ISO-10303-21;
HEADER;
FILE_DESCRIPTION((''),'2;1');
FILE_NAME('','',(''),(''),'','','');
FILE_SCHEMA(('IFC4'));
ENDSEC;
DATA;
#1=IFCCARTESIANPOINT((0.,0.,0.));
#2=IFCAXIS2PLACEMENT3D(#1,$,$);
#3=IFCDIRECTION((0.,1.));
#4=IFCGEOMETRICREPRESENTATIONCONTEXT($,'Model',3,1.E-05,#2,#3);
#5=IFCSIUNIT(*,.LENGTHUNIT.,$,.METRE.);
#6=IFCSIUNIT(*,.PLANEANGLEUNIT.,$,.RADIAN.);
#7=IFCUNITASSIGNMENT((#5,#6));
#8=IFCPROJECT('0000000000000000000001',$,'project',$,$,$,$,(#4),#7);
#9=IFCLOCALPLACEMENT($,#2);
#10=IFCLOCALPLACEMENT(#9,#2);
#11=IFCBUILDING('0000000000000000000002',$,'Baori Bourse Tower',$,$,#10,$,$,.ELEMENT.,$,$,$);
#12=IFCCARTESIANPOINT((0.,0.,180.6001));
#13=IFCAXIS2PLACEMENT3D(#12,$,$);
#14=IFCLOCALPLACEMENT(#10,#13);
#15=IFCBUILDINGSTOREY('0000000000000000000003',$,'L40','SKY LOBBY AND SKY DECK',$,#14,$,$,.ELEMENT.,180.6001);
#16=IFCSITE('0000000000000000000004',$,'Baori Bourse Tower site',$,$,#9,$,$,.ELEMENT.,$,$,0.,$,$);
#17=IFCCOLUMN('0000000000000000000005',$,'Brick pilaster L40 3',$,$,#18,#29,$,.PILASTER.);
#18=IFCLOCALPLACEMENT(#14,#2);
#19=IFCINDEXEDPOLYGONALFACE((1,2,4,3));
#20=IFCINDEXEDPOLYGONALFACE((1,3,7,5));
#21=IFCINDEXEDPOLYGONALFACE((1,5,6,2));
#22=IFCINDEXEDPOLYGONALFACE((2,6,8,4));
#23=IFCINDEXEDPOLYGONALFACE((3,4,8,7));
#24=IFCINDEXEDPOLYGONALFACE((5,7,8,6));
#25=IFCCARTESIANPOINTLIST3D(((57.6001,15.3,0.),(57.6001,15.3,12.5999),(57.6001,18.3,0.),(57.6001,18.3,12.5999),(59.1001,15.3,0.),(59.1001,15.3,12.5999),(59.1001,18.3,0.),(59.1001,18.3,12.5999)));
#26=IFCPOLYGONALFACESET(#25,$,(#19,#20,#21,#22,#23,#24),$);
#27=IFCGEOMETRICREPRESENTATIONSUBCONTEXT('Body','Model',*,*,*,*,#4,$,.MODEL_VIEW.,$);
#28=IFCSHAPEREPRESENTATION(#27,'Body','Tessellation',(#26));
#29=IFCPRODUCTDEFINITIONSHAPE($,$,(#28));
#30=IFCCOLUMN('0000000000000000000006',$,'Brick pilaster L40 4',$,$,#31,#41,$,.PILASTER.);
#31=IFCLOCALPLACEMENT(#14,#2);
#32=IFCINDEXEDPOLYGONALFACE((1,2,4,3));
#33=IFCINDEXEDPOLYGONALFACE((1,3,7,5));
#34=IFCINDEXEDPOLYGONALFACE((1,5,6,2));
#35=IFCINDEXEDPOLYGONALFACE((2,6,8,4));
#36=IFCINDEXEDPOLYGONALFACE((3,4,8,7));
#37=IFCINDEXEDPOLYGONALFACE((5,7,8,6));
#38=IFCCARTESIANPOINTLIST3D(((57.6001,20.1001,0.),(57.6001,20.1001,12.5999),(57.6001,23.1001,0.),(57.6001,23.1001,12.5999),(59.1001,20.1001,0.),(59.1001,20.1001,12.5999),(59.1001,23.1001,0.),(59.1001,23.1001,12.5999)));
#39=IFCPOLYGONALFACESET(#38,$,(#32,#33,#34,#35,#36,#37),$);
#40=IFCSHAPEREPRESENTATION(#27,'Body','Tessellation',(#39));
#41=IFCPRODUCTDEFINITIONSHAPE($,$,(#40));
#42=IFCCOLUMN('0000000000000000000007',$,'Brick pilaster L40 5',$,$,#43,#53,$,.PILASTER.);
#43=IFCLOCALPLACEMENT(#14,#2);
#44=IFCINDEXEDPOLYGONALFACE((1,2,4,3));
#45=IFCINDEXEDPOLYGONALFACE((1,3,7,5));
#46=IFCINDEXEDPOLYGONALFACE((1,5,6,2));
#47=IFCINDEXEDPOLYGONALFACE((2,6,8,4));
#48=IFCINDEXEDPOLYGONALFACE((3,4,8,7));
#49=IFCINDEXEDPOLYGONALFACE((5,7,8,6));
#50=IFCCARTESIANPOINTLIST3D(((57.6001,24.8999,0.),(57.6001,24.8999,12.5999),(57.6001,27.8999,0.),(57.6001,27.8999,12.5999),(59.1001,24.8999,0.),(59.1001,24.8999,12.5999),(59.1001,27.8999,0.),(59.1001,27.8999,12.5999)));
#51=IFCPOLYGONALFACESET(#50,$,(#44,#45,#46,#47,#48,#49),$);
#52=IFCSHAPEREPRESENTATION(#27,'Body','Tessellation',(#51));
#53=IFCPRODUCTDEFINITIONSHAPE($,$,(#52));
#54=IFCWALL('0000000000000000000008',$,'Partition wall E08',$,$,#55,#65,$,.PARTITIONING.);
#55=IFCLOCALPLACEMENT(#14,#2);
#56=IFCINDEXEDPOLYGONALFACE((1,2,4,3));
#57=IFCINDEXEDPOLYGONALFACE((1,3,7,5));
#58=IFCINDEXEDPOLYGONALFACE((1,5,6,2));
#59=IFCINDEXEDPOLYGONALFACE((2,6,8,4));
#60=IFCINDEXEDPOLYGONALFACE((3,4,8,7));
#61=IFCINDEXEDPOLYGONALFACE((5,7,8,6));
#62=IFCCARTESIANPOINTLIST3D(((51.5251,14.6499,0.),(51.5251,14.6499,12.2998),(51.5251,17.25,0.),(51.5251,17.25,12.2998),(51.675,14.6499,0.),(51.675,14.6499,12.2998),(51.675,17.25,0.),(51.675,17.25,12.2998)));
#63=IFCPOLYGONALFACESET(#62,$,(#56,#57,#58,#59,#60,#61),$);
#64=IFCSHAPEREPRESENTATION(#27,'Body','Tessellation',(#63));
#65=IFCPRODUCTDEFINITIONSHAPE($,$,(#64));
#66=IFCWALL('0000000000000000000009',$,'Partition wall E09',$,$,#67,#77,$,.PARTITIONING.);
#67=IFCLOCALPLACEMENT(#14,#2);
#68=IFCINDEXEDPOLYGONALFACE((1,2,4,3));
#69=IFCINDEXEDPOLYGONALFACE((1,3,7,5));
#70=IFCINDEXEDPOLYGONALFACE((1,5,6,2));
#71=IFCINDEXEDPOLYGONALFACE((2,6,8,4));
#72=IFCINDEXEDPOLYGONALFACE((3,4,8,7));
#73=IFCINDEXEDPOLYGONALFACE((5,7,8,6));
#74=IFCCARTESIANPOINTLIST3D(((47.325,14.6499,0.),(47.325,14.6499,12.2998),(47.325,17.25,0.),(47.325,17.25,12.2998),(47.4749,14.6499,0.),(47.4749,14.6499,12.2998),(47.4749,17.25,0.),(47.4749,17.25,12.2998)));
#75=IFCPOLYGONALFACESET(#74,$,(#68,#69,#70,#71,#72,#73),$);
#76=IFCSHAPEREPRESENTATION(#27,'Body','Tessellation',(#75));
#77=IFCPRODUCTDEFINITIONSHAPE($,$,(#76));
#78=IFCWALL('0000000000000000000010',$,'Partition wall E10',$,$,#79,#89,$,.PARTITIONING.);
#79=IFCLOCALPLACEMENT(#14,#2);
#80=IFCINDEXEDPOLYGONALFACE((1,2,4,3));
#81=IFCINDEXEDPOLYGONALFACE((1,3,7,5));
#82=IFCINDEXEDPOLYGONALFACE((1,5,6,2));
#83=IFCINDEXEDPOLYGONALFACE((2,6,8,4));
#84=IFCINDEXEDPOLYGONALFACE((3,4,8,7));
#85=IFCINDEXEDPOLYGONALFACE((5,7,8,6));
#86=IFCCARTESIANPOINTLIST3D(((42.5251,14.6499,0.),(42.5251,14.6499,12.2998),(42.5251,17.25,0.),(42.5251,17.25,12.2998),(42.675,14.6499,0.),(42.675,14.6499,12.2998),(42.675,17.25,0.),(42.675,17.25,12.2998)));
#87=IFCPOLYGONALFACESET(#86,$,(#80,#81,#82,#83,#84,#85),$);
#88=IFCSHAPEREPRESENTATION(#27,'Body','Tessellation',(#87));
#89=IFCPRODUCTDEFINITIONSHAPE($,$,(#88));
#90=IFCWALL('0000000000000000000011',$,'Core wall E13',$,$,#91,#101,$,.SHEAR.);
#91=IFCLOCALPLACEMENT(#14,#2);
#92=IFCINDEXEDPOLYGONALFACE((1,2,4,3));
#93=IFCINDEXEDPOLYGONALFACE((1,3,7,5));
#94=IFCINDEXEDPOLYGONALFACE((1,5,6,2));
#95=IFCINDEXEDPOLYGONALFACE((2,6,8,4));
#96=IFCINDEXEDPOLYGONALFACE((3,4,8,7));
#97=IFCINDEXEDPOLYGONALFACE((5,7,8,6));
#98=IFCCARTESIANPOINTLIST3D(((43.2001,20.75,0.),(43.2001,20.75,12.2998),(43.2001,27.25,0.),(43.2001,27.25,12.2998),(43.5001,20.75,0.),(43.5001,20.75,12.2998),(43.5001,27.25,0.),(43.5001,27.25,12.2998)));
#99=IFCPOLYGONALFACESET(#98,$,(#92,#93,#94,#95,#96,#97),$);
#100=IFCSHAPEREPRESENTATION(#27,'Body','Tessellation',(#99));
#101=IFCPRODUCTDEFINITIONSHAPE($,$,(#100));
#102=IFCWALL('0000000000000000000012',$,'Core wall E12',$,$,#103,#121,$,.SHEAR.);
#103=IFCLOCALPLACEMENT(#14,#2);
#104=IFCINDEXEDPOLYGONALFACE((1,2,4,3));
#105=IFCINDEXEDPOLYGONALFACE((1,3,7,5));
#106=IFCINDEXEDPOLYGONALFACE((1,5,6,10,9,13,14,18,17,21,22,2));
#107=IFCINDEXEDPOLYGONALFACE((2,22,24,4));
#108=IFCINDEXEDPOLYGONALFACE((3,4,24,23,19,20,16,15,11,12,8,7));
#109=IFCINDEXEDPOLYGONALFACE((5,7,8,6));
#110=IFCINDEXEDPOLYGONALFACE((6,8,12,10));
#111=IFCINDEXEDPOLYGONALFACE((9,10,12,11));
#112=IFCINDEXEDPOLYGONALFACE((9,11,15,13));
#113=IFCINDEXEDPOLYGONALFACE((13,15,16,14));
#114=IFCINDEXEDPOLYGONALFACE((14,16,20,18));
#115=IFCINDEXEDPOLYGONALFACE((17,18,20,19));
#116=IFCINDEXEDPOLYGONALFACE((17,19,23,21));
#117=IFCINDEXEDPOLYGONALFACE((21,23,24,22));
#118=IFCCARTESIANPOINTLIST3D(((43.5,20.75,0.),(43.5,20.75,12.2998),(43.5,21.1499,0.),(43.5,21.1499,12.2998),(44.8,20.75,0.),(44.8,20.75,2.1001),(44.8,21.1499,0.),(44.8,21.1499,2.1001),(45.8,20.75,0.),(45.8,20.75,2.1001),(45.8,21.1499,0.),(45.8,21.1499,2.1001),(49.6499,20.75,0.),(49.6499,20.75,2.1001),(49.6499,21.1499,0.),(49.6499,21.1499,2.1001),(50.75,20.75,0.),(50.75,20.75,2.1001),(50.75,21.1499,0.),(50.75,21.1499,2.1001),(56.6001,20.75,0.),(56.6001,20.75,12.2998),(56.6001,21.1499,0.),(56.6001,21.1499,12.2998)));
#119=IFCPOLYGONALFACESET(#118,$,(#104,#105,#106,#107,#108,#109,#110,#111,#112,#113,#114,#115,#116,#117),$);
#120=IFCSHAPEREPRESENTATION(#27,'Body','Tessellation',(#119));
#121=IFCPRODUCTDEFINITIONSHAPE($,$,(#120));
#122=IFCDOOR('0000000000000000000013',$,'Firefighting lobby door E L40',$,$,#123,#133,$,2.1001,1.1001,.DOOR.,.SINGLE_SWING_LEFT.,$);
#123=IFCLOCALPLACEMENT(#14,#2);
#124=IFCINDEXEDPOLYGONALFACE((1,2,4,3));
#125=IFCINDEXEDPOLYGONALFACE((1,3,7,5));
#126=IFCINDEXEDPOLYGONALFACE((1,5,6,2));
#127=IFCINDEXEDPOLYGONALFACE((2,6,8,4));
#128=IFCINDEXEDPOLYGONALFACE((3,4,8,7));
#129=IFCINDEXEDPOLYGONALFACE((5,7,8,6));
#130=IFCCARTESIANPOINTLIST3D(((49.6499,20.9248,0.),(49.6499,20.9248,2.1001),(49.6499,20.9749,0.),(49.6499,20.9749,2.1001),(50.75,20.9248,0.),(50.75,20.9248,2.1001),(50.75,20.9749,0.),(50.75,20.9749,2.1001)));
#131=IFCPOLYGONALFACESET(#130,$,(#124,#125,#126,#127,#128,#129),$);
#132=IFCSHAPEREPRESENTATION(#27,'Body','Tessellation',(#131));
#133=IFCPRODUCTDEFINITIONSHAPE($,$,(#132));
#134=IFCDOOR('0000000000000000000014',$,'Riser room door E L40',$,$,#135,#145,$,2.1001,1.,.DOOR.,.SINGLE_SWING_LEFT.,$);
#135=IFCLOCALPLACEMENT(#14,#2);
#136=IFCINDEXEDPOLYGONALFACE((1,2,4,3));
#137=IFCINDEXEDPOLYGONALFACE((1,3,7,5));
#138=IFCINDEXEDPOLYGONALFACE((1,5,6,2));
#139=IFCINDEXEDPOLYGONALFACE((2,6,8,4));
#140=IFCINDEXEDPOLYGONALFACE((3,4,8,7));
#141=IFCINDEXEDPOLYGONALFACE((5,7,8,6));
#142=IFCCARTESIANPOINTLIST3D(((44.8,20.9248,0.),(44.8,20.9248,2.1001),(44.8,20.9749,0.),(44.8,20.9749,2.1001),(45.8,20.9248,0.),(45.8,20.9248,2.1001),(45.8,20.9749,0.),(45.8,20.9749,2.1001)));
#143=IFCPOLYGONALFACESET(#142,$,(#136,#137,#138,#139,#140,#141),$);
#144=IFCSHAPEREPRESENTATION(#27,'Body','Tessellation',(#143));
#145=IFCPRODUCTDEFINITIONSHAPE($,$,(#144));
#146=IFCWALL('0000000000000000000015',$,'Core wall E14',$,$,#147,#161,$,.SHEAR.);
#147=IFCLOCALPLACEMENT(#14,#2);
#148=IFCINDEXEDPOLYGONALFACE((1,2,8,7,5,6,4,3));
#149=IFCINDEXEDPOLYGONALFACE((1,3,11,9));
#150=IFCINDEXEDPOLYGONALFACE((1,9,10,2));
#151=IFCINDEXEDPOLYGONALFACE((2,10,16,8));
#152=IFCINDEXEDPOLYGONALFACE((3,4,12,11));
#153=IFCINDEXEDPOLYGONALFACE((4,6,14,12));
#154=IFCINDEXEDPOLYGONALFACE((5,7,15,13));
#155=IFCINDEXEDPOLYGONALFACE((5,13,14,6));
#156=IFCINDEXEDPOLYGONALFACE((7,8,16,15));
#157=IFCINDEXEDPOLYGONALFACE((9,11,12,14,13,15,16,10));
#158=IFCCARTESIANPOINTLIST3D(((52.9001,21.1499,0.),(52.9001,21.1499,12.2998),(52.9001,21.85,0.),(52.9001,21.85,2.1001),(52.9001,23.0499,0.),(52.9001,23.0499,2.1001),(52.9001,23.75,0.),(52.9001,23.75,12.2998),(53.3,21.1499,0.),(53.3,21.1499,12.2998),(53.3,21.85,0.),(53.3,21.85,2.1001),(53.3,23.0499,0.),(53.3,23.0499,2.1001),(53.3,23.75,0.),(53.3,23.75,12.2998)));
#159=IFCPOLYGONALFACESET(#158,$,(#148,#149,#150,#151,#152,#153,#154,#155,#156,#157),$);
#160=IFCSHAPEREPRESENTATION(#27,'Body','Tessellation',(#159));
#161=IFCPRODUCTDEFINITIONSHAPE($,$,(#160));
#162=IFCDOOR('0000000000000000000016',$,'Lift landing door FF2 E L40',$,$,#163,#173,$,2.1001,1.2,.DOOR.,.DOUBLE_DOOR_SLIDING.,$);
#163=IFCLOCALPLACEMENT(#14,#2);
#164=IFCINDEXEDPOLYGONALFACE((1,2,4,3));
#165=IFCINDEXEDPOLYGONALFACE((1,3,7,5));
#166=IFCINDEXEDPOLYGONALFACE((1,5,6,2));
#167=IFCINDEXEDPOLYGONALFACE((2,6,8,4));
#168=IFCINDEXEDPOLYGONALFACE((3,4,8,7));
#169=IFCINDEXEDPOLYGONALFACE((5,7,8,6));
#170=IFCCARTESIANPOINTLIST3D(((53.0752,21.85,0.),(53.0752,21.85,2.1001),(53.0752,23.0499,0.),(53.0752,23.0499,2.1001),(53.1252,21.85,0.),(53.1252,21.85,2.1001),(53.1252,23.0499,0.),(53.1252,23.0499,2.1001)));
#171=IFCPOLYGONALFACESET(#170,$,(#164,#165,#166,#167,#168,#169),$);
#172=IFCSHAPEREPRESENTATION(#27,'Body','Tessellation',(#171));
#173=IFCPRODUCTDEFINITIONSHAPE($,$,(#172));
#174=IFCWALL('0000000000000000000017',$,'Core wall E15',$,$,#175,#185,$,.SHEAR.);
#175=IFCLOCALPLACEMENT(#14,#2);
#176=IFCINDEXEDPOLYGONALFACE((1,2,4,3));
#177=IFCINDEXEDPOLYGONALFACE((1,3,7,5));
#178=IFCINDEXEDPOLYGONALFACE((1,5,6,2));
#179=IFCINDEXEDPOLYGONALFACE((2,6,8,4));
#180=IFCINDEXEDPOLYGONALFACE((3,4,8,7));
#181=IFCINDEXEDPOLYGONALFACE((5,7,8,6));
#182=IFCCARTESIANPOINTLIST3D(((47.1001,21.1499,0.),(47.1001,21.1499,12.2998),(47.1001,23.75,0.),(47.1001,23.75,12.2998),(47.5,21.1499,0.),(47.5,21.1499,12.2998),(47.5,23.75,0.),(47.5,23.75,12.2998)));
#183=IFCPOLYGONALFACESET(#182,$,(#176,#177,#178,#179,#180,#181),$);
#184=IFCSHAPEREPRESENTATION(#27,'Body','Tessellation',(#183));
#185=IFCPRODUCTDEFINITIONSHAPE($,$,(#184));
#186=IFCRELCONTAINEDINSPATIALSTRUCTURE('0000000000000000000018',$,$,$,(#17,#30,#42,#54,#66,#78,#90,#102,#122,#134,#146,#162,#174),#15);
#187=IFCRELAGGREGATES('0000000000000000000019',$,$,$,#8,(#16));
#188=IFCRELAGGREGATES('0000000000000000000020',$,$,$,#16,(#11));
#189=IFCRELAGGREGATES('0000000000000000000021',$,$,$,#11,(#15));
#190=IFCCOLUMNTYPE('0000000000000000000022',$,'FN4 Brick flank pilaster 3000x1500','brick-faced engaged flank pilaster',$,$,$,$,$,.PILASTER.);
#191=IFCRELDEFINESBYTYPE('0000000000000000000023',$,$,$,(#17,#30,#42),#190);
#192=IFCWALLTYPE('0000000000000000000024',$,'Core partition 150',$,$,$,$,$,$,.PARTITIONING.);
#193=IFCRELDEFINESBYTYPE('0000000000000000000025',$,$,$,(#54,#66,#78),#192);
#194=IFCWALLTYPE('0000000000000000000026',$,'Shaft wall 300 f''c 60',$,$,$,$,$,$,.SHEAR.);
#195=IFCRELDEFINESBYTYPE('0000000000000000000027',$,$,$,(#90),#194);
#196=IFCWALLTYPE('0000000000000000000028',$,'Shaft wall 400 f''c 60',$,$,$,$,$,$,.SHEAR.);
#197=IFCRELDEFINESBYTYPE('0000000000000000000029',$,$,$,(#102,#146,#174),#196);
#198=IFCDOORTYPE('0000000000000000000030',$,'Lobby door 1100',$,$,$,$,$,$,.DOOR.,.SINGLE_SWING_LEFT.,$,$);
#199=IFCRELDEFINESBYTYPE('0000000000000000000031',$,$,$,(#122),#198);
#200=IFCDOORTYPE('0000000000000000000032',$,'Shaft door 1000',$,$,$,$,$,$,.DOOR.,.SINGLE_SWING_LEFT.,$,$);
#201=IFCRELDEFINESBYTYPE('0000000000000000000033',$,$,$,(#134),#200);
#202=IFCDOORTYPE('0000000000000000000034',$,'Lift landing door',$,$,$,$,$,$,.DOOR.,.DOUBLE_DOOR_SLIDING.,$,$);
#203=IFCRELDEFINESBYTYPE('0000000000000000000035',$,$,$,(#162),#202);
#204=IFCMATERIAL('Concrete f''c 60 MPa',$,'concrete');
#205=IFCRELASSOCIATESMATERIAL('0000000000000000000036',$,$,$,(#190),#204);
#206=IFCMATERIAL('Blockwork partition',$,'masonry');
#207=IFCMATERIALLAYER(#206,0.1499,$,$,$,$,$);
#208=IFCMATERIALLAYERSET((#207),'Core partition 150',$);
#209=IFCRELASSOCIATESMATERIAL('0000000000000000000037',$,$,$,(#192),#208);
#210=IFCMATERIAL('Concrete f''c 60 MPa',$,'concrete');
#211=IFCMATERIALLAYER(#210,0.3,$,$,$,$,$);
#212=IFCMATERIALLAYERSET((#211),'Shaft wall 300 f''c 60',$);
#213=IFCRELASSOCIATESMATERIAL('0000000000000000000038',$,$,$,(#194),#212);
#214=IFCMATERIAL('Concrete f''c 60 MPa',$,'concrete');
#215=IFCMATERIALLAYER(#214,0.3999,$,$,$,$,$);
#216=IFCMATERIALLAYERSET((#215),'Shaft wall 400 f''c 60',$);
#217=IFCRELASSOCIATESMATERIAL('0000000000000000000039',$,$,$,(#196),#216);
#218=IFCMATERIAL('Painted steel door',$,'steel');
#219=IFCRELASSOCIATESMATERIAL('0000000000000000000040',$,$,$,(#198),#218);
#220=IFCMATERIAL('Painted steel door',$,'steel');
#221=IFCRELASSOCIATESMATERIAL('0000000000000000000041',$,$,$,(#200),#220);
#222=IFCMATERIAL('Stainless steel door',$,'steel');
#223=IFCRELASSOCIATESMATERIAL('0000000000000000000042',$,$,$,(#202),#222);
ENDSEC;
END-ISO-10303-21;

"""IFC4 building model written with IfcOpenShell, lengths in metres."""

from ifc_helpers import new_model, si_unit, direction, frame, frame_2d, origin, origin_2d, place, context, subcontext, project, spatial, rectangle, extrude, material, layer, layer_set, material_profile, profile_set, type_object, element, fill, save


model = new_model("IFC4")

# Units and contexts
model_context = context("Model", 3, precision=1e-05, world=origin(), true_north=direction((0.0, 1.0)))
body_context = subcontext(model_context, "Body", "Model", "MODEL_VIEW")
ifc_project = project(units=[si_unit("LENGTHUNIT", "METRE"), si_unit("PLANEANGLEUNIT", "RADIAN")], contexts=[model_context])

# Site, building, storey
site_placement = place(None, origin())
site = spatial("IfcSite", under=ifc_project, at=site_placement, Name="Baori Bourse Tower site", CompositionType="ELEMENT", RefElevation=0.0)
building_placement = place(site_placement, origin())
building = spatial("IfcBuilding", under=site, at=building_placement, Name="Baori Bourse Tower", CompositionType="ELEMENT")
storey_placement = place(building_placement, frame((0.0, 0.0, 180.6001)))
storey = spatial("IfcBuildingStorey", under=building, at=storey_placement, Name="L40", Description="SKY LOBBY AND SKY DECK", CompositionType="ELEMENT", Elevation=180.6001)

# Columns
ifc_material_1 = material(Name="Concrete f'c 60 MPa", Category="concrete")
ifc_material_profile = material_profile(ifc_material_1, rectangle(XDim=3.0, YDim=1.5, at=origin_2d()), Name="RC 3000x1500")
ifc_profile_set = profile_set([ifc_material_profile], Name="Concrete f'c 60 MPa")
column_type = type_object("IfcColumnType", Name="FN4 Brick flank pilaster 3000x1500", Description="brick-faced engaged flank pilaster", PredefinedType="PILASTER", material=ifc_profile_set)
for number, where, z_axis, x_axis, name in (
    (1, (58.3501, 16.8, 0.0), (0.0, 0.0, 1.0), (0.0, 1.0, 0.0), "Brick pilaster L40 3"),
    (2, (58.3501, 21.6001, 0.0), (0.0, 0.0, 1.0), (0.0, 1.0, 0.0), "Brick pilaster L40 4"),
    (3, (58.3501, 26.3999, 0.0), (0.0, 0.0, 1.0), (0.0, 1.0, 0.0), "Brick pilaster L40 5"),
):
    element("IfcColumn", number, at=place(storey_placement, frame(where, z_axis=z_axis, x_axis=x_axis)), inside=storey, type_object=column_type, Name=name, PredefinedType="PILASTER", context=body_context, shape_type="SweptSolid", body=[
        extrude(rectangle(XDim=3.0, YDim=1.5, at=origin_2d()), origin(), (0.0, 0.0, 1.0), 12.5999),
    ])

# Walls
ifc_material_2 = material(Name="Blockwork partition", Category="masonry")
ifc_layer_1 = layer(ifc_material_2, 0.1499)
ifc_layer_set_1 = layer_set([ifc_layer_1], Name="Core partition 150")
wall_type_1 = type_object("IfcWallType", Name="Core partition 150", PredefinedType="PARTITIONING", material=ifc_layer_set_1)
for number, where, z_axis, x_axis, name in (
    (4, (51.6001, 14.6499, 0.0), (0.0, 0.0, 1.0), (0.0, 1.0, 0.0), "Partition wall E08"),
    (5, (47.3999, 14.6499, 0.0), (0.0, 0.0, 1.0), (0.0, 1.0, 0.0), "Partition wall E09"),
    (6, (42.6001, 14.6499, 0.0), (0.0, 0.0, 1.0), (0.0, 1.0, 0.0), "Partition wall E10"),
):
    element("IfcWall", number, at=place(storey_placement, frame(where, z_axis=z_axis, x_axis=x_axis)), inside=storey, type_object=wall_type_1, Name=name, PredefinedType="PARTITIONING", context=body_context, shape_type="SweptSolid", body=[
        extrude(rectangle(XDim=2.6001, YDim=0.1499, at=frame_2d((1.3, 0.0))), origin(), (0.0, 0.0, 1.0), 12.2998),
    ])
ifc_material_3 = material(Name="Concrete f'c 60 MPa", Category="concrete")
ifc_layer_2 = layer(ifc_material_3, 0.3)
ifc_layer_set_2 = layer_set([ifc_layer_2], Name="Shaft wall 300 f'c 60")
wall_type_2 = type_object("IfcWallType", Name="Shaft wall 300 f'c 60", PredefinedType="SHEAR", material=ifc_layer_set_2)
wall_1_placement = place(storey_placement, frame((43.3501, 20.75, 0.0), z_axis=(0.0, 0.0, 1.0), x_axis=(0.0, 1.0, 0.0)))
element("IfcWall", 7, at=wall_1_placement, inside=storey, type_object=wall_type_2, Name="Core wall E13", PredefinedType="SHEAR", context=body_context, shape_type="SweptSolid", body=[
    extrude(rectangle(XDim=6.5, YDim=0.3, at=frame_2d((3.25, 0.0))), origin(), (0.0, 0.0, 1.0), 12.2998),
])

# Wall, openings, doors
ifc_material_4 = material(Name="Concrete f'c 60 MPa", Category="concrete")
ifc_layer_3 = layer(ifc_material_4, 0.3999)
ifc_layer_set_3 = layer_set([ifc_layer_3], Name="Shaft wall 400 f'c 60")
wall_type_3 = type_object("IfcWallType", Name="Shaft wall 400 f'c 60", PredefinedType="SHEAR", material=ifc_layer_set_3)
wall_2_placement = place(storey_placement, frame((43.5, 20.95, 0.0), z_axis=(0.0, 0.0, 1.0), x_axis=(1.0, 0.0, 0.0)))
wall_2 = element("IfcWall", 8, at=wall_2_placement, inside=storey, type_object=wall_type_3, Name="Core wall E12", PredefinedType="SHEAR", context=body_context, shape_type="SweptSolid", body=[
    extrude(rectangle(XDim=13.1001, YDim=0.3999, at=frame_2d((6.55, 0.0))), origin(), (0.0, 0.0, 1.0), 12.2998),
])
opening_1_placement = place(wall_2_placement, frame((6.1499, 0.0, 0.0)))
opening_1 = element("IfcOpeningElement", 9, at=opening_1_placement, cuts=wall_2, PredefinedType="OPENING", context=body_context, shape_type="SweptSolid", body=[
    extrude(rectangle(XDim=1.1001, YDim=2.1001, at=frame_2d((0.55, 1.05))), frame((0.0, 0.21, 0.0), z_axis=(0.0, -1.0, 0.0), x_axis=(1.0, 0.0, 0.0)), (0.0, 0.0, 1.0), 0.4199),
])
opening_2_placement = place(wall_2_placement, frame((1.3, 0.0, 0.0)))
opening_2 = element("IfcOpeningElement", 10, at=opening_2_placement, cuts=wall_2, PredefinedType="OPENING", context=body_context, shape_type="SweptSolid", body=[
    extrude(rectangle(XDim=1.0, YDim=2.1001, at=frame_2d((0.5, 1.05))), frame((0.0, 0.21, 0.0), z_axis=(0.0, -1.0, 0.0), x_axis=(1.0, 0.0, 0.0)), (0.0, 0.0, 1.0), 0.4199),
])
ifc_material_5 = material(Name="Painted steel door", Category="steel")
door_type_1 = type_object("IfcDoorType", Name="Lobby door 1100", OperationType="SINGLE_SWING_LEFT", PredefinedType="DOOR", material=ifc_material_5)
door_1_placement = place(opening_1_placement, origin())
door_1 = element("IfcDoor", 11, at=door_1_placement, inside=storey, type_object=door_type_1, Name="Firefighting lobby door E L40", OperationType="SINGLE_SWING_LEFT", OverallHeight=2.1001, OverallWidth=1.1001, PredefinedType="DOOR", context=body_context, shape_type="SweptSolid", body=[
    extrude(rectangle(XDim=1.1001, YDim=2.1001, at=frame_2d((0.55, 1.05))), frame((0.0, 0.0249, 0.0), z_axis=(0.0, -1.0, 0.0), x_axis=(1.0, 0.0, 0.0)), (0.0, 0.0, 1.0), 0.05),
])
fill(opening_1, door_1)
ifc_material_6 = material(Name="Painted steel door", Category="steel")
door_type_2 = type_object("IfcDoorType", Name="Shaft door 1000", OperationType="SINGLE_SWING_LEFT", PredefinedType="DOOR", material=ifc_material_6)
door_2_placement = place(opening_2_placement, origin())
door_2 = element("IfcDoor", 12, at=door_2_placement, inside=storey, type_object=door_type_2, Name="Riser room door E L40", OperationType="SINGLE_SWING_LEFT", OverallHeight=2.1001, OverallWidth=1.0, PredefinedType="DOOR", context=body_context, shape_type="SweptSolid", body=[
    extrude(rectangle(XDim=1.0, YDim=2.1001, at=frame_2d((0.5, 1.05))), frame((0.0, 0.0249, 0.0), z_axis=(0.0, -1.0, 0.0), x_axis=(1.0, 0.0, 0.0)), (0.0, 0.0, 1.0), 0.05),
])
fill(opening_2, door_2)

# Wall, opening, door
wall_3_placement = place(storey_placement, frame((53.1001, 21.1499, 0.0), z_axis=(0.0, 0.0, 1.0), x_axis=(0.0, 1.0, 0.0)))
wall_3 = element("IfcWall", 13, at=wall_3_placement, inside=storey, type_object=wall_type_3, Name="Core wall E14", PredefinedType="SHEAR", context=body_context, shape_type="SweptSolid", body=[
    extrude(rectangle(XDim=2.6001, YDim=0.3999, at=frame_2d((1.3, 0.0))), origin(), (0.0, 0.0, 1.0), 12.2998),
])
opening_3_placement = place(wall_3_placement, frame((0.7, 0.0, 0.0)))
opening_3 = element("IfcOpeningElement", 14, at=opening_3_placement, cuts=wall_3, PredefinedType="OPENING", context=body_context, shape_type="SweptSolid", body=[
    extrude(rectangle(XDim=1.2, YDim=2.1001, at=frame_2d((0.6001, 1.05))), frame((0.0, 0.21, 0.0), z_axis=(0.0, -1.0, 0.0), x_axis=(1.0, 0.0, 0.0)), (0.0, 0.0, 1.0), 0.4199),
])
ifc_material_7 = material(Name="Stainless steel door", Category="steel")
door_type_3 = type_object("IfcDoorType", Name="Lift landing door", OperationType="DOUBLE_DOOR_SLIDING", PredefinedType="DOOR", material=ifc_material_7)
door_3_placement = place(opening_3_placement, origin())
door_3 = element("IfcDoor", 15, at=door_3_placement, inside=storey, type_object=door_type_3, Name="Lift landing door FF2 E L40", OperationType="DOUBLE_DOOR_SLIDING", OverallHeight=2.1001, OverallWidth=1.2, PredefinedType="DOOR", context=body_context, shape_type="SweptSolid", body=[
    extrude(rectangle(XDim=1.2, YDim=2.1001, at=frame_2d((0.6001, 1.05))), frame((0.0, 0.0249, 0.0), z_axis=(0.0, -1.0, 0.0), x_axis=(1.0, 0.0, 0.0)), (0.0, 0.0, 1.0), 0.05),
])
fill(opening_3, door_3)

# Wall
wall_4_placement = place(storey_placement, frame((47.3, 21.1499, 0.0), z_axis=(0.0, 0.0, 1.0), x_axis=(0.0, 1.0, 0.0)))
element("IfcWall", 16, at=wall_4_placement, inside=storey, type_object=wall_type_3, Name="Core wall E15", PredefinedType="SHEAR", context=body_context, shape_type="SweptSolid", body=[
    extrude(rectangle(XDim=2.6001, YDim=0.3999, at=frame_2d((1.3, 0.0))), origin(), (0.0, 0.0, 1.0), 12.2998),
])

save(model, "model.ifc")
